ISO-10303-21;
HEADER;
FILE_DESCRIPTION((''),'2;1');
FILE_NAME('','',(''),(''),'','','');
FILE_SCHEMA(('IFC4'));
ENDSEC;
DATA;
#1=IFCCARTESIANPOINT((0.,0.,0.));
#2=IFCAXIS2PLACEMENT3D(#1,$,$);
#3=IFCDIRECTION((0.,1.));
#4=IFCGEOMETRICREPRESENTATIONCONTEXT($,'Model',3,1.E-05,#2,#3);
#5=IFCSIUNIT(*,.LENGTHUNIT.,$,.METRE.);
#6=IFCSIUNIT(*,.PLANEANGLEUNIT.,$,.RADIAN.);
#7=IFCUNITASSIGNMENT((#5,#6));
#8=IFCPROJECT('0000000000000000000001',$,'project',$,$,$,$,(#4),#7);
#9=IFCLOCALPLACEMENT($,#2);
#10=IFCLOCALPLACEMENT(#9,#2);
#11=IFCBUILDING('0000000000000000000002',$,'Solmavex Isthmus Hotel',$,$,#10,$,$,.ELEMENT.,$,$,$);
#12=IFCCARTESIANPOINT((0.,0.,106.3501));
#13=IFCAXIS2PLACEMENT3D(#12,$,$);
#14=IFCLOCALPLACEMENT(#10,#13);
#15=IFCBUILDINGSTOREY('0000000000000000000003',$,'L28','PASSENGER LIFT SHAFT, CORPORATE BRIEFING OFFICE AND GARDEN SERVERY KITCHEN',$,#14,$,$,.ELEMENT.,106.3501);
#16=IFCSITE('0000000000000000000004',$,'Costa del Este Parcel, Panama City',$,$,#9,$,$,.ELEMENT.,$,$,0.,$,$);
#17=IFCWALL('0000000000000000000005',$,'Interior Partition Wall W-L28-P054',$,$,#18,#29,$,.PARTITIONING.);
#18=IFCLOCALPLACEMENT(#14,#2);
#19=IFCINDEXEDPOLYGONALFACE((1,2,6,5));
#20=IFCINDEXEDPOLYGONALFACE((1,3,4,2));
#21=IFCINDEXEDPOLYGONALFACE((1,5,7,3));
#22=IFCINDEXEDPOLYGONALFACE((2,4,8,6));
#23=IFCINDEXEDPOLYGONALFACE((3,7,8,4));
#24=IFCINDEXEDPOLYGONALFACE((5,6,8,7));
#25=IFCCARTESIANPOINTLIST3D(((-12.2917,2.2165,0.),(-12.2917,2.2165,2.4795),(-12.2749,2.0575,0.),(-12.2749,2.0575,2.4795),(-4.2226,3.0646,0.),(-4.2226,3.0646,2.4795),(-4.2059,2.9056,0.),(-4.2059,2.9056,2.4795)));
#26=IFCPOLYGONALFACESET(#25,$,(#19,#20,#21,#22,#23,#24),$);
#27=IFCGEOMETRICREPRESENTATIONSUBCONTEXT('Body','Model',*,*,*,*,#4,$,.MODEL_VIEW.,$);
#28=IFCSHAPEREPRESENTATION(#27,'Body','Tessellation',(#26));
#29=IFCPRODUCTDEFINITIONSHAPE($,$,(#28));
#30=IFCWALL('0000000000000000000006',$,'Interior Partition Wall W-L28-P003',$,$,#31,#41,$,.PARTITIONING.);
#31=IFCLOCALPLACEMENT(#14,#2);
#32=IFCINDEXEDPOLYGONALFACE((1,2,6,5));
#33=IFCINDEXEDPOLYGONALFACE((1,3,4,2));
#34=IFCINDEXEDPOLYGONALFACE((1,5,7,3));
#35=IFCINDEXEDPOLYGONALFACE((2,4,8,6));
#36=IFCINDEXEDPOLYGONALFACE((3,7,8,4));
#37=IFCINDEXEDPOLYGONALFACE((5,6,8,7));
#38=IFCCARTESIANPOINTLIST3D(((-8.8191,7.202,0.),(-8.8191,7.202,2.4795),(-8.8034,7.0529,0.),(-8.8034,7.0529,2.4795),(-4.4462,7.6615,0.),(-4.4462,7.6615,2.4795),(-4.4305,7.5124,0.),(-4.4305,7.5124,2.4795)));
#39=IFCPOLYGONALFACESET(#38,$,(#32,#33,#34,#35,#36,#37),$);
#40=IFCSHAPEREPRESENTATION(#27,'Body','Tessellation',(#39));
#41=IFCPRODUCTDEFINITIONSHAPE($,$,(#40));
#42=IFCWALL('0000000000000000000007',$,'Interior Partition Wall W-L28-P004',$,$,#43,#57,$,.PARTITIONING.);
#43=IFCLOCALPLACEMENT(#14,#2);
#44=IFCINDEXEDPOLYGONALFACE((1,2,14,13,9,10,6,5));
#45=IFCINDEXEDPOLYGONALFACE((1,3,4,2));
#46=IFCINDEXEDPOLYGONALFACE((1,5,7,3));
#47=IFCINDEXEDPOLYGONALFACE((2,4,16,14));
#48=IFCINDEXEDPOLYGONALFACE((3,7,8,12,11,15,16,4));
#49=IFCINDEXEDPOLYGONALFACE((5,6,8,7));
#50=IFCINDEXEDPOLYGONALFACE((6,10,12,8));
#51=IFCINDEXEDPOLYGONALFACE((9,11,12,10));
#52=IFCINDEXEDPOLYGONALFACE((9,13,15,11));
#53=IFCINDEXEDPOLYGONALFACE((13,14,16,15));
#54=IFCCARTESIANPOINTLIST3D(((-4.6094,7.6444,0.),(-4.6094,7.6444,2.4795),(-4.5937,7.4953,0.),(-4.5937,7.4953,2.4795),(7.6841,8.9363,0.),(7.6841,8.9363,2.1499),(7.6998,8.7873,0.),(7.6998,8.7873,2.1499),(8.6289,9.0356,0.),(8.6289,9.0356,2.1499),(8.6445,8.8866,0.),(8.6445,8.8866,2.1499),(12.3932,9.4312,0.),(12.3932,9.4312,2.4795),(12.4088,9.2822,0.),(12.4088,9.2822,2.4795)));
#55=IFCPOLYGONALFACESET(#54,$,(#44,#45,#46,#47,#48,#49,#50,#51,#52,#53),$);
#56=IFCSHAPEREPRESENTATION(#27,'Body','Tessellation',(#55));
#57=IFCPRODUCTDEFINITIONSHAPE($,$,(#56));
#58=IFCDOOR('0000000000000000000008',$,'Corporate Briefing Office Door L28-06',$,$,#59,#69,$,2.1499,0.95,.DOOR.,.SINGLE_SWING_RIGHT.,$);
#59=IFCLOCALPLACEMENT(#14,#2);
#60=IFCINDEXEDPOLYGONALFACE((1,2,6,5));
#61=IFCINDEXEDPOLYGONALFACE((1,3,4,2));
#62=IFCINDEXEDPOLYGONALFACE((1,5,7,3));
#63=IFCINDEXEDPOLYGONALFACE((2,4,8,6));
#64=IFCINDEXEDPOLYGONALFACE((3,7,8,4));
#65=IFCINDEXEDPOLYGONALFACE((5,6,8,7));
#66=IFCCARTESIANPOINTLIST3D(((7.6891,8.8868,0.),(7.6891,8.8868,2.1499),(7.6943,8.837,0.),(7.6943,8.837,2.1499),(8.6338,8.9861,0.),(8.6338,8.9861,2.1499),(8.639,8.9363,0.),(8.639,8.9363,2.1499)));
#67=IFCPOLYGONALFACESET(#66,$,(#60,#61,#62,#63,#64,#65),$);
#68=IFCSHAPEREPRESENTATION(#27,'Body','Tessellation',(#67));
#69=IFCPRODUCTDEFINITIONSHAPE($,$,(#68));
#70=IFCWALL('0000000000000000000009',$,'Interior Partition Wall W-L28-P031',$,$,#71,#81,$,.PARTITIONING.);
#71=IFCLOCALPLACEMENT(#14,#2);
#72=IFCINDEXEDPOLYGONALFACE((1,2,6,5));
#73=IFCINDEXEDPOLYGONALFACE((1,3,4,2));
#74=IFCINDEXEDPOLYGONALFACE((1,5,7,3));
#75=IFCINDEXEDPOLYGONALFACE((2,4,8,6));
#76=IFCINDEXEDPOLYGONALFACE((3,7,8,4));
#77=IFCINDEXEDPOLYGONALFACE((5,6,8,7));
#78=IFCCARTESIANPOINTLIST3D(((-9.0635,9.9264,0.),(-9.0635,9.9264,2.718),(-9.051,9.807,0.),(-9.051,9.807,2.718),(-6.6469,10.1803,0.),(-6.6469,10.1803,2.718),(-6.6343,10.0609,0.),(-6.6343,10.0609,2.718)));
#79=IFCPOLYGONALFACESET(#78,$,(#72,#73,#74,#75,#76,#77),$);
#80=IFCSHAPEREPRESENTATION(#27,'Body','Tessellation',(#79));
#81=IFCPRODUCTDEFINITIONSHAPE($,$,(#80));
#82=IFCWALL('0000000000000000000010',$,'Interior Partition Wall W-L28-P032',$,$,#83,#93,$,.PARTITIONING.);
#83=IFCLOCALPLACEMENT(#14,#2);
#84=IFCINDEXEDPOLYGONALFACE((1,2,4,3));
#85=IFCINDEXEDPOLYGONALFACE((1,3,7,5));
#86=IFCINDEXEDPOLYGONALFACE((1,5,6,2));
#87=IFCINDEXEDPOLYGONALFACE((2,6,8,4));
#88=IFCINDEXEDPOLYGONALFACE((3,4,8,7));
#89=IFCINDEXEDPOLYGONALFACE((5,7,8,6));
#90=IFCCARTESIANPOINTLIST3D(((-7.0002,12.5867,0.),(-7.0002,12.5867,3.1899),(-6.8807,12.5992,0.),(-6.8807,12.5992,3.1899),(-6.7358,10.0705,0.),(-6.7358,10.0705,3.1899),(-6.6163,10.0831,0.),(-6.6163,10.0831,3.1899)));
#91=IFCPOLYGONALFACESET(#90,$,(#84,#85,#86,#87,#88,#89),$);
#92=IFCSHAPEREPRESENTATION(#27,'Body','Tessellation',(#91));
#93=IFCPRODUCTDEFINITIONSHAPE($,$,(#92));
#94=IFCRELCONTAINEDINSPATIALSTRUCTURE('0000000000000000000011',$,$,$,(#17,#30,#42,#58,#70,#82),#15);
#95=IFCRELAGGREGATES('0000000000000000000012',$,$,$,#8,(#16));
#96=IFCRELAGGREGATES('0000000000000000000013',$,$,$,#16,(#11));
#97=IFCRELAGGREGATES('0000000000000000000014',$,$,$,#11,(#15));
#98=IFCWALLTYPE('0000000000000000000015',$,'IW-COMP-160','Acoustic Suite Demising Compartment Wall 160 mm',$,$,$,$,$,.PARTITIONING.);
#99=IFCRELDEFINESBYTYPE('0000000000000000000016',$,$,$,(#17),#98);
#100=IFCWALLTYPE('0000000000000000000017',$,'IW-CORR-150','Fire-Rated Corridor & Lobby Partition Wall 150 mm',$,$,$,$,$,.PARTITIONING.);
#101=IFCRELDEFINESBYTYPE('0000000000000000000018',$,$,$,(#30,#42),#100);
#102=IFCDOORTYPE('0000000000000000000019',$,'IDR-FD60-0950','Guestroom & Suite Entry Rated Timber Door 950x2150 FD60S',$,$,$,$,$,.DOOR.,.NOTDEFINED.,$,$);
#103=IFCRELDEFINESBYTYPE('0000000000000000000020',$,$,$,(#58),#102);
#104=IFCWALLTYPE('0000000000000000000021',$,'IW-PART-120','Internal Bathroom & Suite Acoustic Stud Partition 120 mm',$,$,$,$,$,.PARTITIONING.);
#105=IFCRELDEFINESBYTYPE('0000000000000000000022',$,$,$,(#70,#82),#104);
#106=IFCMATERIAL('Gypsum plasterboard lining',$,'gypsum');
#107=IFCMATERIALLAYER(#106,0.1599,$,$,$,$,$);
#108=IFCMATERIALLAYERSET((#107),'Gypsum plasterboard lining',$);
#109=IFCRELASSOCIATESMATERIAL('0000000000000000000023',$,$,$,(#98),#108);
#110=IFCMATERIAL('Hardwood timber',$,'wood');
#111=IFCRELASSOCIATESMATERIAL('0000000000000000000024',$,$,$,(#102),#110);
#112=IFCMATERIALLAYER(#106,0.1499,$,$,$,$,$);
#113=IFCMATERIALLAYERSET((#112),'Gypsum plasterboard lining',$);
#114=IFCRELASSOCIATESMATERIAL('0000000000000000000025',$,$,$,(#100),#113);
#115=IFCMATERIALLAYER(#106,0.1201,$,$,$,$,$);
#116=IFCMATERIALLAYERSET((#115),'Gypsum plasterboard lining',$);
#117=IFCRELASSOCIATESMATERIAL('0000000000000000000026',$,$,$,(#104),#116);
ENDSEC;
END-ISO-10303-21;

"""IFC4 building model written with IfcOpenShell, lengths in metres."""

from ifc_helpers import new_model, si_unit, direction, frame, frame_2d, origin, place, context, subcontext, project, spatial, rectangle, extrude, material, layer, layer_set, type_object, element, fill, save


model = new_model("IFC4")

# Units and contexts
model_context = context("Model", 3, precision=1e-05, world=origin(), true_north=direction((0.0, 1.0)))
body_context = subcontext(model_context, "Body", "Model", "MODEL_VIEW")
ifc_project = project(units=[si_unit("LENGTHUNIT", "METRE"), si_unit("PLANEANGLEUNIT", "RADIAN")], contexts=[model_context])

# Site, building, storey
site_placement = place(None, origin())
site = spatial("IfcSite", under=ifc_project, at=site_placement, Name="Costa del Este Parcel, Panama City", CompositionType="ELEMENT", RefElevation=0.0)
building_placement = place(site_placement, origin())
building = spatial("IfcBuilding", under=site, at=building_placement, Name="Solmavex Isthmus Hotel", CompositionType="ELEMENT")
storey_placement = place(building_placement, frame((0.0, 0.0, 106.3501)))
storey = spatial("IfcBuildingStorey", under=building, at=storey_placement, Name="L28", Description="PASSENGER LIFT SHAFT, CORPORATE BRIEFING OFFICE AND GARDEN SERVERY KITCHEN", CompositionType="ELEMENT", Elevation=106.3501)

# Shared definitions
ifc_material_1 = material(Name="Gypsum plasterboard lining", Category="gypsum")
ifc_layer_1 = layer(ifc_material_1, 0.1599)
ifc_layer_set_1 = layer_set([ifc_layer_1], Name="Gypsum plasterboard lining")
wall_type_1 = type_object("IfcWallType", Name="IW-COMP-160", Description="Acoustic Suite Demising Compartment Wall 160 mm", PredefinedType="PARTITIONING", material=ifc_layer_set_1)

# Shared definitions
ifc_material_2 = material(Name="Hardwood timber", Category="wood")
door_type = type_object("IfcDoorType", Name="IDR-FD60-0950", Description="Guestroom & Suite Entry Rated Timber Door 950x2150 FD60S", OperationType="NOTDEFINED", PredefinedType="DOOR", material=ifc_material_2)

# Wall
wall_1_placement = place(storey_placement, frame((-4.2144, 2.9851, 0.0), z_axis=(0.0, 0.0, 1.0), x_axis=(-0.994521, -0.104534, 0.0)))
element("IfcWall", 1, at=wall_1_placement, inside=storey, type_object=wall_type_1, Name="Interior Partition Wall W-L28-P054", PredefinedType="PARTITIONING", context=body_context, shape_type="SweptSolid", body=[
    extrude(rectangle(XDim=8.1135, YDim=0.1599, at=frame_2d((4.0566, 0.0))), origin(), (0.0, 0.0, 1.0), 2.4795),
])

# Shared definitions
ifc_layer_2 = layer(ifc_material_1, 0.1499)
ifc_layer_set_2 = layer_set([ifc_layer_2], Name="Gypsum plasterboard lining")
wall_type_2 = type_object("IfcWallType", Name="IW-CORR-150", Description="Fire-Rated Corridor & Lobby Partition Wall 150 mm", PredefinedType="PARTITIONING", material=ifc_layer_set_2)

# Wall
wall_2_placement = place(storey_placement, frame((-8.8113, 7.1274, 0.0), z_axis=(0.0, 0.0, 1.0), x_axis=(0.994525, 0.1045, 0.0)))
element("IfcWall", 2, at=wall_2_placement, inside=storey, type_object=wall_type_2, Name="Interior Partition Wall W-L28-P003", PredefinedType="PARTITIONING", context=body_context, shape_type="SweptSolid", body=[
    extrude(rectangle(XDim=4.397, YDim=0.1499, at=frame_2d((2.1985, 0.0))), origin(), (0.0, 0.0, 1.0), 2.4795),
])

# Wall, opening, door
wall_3_placement = place(storey_placement, frame((-4.6016, 7.5698, 0.0), z_axis=(0.0, 0.0, 1.0), x_axis=(0.994523, 0.104519, 0.0)))
wall_3 = element("IfcWall", 3, at=wall_3_placement, inside=storey, type_object=wall_type_2, Name="Interior Partition Wall W-L28-P004", PredefinedType="PARTITIONING", context=body_context, shape_type="SweptSolid", body=[
    extrude(rectangle(XDim=17.0962, YDim=0.1499, at=frame_2d((8.5481, 0.0))), origin(), (0.0, 0.0, 1.0), 2.4795),
])
opening_1_placement = place(wall_3_placement, frame((12.3611, 0.0, 0.0)))
opening_1 = element("IfcOpeningElement", 4, at=opening_1_placement, cuts=wall_3, PredefinedType="OPENING", context=body_context, shape_type="SweptSolid", body=[
    extrude(rectangle(XDim=0.95, YDim=2.1499, at=frame_2d((0.4751, 1.075))), frame((0.0, 0.085, 0.0), z_axis=(0.0, -1.0, 0.0), x_axis=(1.0, 0.0, 0.0)), (0.0, 0.0, 1.0), 0.1699),
])
door_1_placement = place(opening_1_placement, frame((0.95, 0.0, 0.0), z_axis=(0.0, 0.0, 1.0), x_axis=(-1.0, 0.0, 0.0)))
door_1 = element("IfcDoor", 5, at=door_1_placement, inside=storey, type_object=door_type, Name="Corporate Briefing Office Door L28-06", OperationType="SINGLE_SWING_RIGHT", OverallHeight=2.1499, OverallWidth=0.95, PredefinedType="DOOR", context=body_context, shape_type="SweptSolid", body=[
    extrude(rectangle(XDim=0.95, YDim=2.1499, at=frame_2d((0.4751, 1.075))), frame((0.0, 0.0249, 0.0), z_axis=(0.0, -1.0, 0.0), x_axis=(1.0, 0.0, 0.0)), (0.0, 0.0, 1.0), 0.05),
])
fill(opening_1, door_1)

# Walls
ifc_layer_3 = layer(ifc_material_1, 0.1201)
ifc_layer_set_3 = layer_set([ifc_layer_3], Name="Gypsum plasterboard lining")
wall_type_3 = type_object("IfcWallType", Name="IW-PART-120", Description="Internal Bathroom & Suite Acoustic Stud Partition 120 mm", PredefinedType="PARTITIONING", material=ifc_layer_set_3)
wall_4_placement = place(storey_placement, frame((-9.0571, 9.8667, 0.0), z_axis=(0.0, 0.0, 1.0), x_axis=(0.994526, 0.104486, 0.0)))
element("IfcWall", 6, at=wall_4_placement, inside=storey, type_object=wall_type_3, Name="Interior Partition Wall W-L28-P031", PredefinedType="PARTITIONING", context=body_context, shape_type="SweptSolid", body=[
    extrude(rectangle(XDim=2.4299, YDim=0.1201, at=frame_2d((1.2148, 0.0))), origin(), (0.0, 0.0, 1.0), 2.718),
])
wall_5_placement = place(storey_placement, frame((-6.676, 10.0767, 0.0), z_axis=(0.0, 0.0, 1.0), x_axis=(-0.104509, 0.994524, 0.0)))
element("IfcWall", 7, at=wall_5_placement, inside=storey, type_object=wall_type_3, Name="Interior Partition Wall W-L28-P032", PredefinedType="PARTITIONING", context=body_context, shape_type="SweptSolid", body=[
    extrude(rectangle(XDim=2.53, YDim=0.1201, at=frame_2d((1.2651, 0.0))), origin(), (0.0, 0.0, 1.0), 3.1899),
])

save(model, "model.ifc")
